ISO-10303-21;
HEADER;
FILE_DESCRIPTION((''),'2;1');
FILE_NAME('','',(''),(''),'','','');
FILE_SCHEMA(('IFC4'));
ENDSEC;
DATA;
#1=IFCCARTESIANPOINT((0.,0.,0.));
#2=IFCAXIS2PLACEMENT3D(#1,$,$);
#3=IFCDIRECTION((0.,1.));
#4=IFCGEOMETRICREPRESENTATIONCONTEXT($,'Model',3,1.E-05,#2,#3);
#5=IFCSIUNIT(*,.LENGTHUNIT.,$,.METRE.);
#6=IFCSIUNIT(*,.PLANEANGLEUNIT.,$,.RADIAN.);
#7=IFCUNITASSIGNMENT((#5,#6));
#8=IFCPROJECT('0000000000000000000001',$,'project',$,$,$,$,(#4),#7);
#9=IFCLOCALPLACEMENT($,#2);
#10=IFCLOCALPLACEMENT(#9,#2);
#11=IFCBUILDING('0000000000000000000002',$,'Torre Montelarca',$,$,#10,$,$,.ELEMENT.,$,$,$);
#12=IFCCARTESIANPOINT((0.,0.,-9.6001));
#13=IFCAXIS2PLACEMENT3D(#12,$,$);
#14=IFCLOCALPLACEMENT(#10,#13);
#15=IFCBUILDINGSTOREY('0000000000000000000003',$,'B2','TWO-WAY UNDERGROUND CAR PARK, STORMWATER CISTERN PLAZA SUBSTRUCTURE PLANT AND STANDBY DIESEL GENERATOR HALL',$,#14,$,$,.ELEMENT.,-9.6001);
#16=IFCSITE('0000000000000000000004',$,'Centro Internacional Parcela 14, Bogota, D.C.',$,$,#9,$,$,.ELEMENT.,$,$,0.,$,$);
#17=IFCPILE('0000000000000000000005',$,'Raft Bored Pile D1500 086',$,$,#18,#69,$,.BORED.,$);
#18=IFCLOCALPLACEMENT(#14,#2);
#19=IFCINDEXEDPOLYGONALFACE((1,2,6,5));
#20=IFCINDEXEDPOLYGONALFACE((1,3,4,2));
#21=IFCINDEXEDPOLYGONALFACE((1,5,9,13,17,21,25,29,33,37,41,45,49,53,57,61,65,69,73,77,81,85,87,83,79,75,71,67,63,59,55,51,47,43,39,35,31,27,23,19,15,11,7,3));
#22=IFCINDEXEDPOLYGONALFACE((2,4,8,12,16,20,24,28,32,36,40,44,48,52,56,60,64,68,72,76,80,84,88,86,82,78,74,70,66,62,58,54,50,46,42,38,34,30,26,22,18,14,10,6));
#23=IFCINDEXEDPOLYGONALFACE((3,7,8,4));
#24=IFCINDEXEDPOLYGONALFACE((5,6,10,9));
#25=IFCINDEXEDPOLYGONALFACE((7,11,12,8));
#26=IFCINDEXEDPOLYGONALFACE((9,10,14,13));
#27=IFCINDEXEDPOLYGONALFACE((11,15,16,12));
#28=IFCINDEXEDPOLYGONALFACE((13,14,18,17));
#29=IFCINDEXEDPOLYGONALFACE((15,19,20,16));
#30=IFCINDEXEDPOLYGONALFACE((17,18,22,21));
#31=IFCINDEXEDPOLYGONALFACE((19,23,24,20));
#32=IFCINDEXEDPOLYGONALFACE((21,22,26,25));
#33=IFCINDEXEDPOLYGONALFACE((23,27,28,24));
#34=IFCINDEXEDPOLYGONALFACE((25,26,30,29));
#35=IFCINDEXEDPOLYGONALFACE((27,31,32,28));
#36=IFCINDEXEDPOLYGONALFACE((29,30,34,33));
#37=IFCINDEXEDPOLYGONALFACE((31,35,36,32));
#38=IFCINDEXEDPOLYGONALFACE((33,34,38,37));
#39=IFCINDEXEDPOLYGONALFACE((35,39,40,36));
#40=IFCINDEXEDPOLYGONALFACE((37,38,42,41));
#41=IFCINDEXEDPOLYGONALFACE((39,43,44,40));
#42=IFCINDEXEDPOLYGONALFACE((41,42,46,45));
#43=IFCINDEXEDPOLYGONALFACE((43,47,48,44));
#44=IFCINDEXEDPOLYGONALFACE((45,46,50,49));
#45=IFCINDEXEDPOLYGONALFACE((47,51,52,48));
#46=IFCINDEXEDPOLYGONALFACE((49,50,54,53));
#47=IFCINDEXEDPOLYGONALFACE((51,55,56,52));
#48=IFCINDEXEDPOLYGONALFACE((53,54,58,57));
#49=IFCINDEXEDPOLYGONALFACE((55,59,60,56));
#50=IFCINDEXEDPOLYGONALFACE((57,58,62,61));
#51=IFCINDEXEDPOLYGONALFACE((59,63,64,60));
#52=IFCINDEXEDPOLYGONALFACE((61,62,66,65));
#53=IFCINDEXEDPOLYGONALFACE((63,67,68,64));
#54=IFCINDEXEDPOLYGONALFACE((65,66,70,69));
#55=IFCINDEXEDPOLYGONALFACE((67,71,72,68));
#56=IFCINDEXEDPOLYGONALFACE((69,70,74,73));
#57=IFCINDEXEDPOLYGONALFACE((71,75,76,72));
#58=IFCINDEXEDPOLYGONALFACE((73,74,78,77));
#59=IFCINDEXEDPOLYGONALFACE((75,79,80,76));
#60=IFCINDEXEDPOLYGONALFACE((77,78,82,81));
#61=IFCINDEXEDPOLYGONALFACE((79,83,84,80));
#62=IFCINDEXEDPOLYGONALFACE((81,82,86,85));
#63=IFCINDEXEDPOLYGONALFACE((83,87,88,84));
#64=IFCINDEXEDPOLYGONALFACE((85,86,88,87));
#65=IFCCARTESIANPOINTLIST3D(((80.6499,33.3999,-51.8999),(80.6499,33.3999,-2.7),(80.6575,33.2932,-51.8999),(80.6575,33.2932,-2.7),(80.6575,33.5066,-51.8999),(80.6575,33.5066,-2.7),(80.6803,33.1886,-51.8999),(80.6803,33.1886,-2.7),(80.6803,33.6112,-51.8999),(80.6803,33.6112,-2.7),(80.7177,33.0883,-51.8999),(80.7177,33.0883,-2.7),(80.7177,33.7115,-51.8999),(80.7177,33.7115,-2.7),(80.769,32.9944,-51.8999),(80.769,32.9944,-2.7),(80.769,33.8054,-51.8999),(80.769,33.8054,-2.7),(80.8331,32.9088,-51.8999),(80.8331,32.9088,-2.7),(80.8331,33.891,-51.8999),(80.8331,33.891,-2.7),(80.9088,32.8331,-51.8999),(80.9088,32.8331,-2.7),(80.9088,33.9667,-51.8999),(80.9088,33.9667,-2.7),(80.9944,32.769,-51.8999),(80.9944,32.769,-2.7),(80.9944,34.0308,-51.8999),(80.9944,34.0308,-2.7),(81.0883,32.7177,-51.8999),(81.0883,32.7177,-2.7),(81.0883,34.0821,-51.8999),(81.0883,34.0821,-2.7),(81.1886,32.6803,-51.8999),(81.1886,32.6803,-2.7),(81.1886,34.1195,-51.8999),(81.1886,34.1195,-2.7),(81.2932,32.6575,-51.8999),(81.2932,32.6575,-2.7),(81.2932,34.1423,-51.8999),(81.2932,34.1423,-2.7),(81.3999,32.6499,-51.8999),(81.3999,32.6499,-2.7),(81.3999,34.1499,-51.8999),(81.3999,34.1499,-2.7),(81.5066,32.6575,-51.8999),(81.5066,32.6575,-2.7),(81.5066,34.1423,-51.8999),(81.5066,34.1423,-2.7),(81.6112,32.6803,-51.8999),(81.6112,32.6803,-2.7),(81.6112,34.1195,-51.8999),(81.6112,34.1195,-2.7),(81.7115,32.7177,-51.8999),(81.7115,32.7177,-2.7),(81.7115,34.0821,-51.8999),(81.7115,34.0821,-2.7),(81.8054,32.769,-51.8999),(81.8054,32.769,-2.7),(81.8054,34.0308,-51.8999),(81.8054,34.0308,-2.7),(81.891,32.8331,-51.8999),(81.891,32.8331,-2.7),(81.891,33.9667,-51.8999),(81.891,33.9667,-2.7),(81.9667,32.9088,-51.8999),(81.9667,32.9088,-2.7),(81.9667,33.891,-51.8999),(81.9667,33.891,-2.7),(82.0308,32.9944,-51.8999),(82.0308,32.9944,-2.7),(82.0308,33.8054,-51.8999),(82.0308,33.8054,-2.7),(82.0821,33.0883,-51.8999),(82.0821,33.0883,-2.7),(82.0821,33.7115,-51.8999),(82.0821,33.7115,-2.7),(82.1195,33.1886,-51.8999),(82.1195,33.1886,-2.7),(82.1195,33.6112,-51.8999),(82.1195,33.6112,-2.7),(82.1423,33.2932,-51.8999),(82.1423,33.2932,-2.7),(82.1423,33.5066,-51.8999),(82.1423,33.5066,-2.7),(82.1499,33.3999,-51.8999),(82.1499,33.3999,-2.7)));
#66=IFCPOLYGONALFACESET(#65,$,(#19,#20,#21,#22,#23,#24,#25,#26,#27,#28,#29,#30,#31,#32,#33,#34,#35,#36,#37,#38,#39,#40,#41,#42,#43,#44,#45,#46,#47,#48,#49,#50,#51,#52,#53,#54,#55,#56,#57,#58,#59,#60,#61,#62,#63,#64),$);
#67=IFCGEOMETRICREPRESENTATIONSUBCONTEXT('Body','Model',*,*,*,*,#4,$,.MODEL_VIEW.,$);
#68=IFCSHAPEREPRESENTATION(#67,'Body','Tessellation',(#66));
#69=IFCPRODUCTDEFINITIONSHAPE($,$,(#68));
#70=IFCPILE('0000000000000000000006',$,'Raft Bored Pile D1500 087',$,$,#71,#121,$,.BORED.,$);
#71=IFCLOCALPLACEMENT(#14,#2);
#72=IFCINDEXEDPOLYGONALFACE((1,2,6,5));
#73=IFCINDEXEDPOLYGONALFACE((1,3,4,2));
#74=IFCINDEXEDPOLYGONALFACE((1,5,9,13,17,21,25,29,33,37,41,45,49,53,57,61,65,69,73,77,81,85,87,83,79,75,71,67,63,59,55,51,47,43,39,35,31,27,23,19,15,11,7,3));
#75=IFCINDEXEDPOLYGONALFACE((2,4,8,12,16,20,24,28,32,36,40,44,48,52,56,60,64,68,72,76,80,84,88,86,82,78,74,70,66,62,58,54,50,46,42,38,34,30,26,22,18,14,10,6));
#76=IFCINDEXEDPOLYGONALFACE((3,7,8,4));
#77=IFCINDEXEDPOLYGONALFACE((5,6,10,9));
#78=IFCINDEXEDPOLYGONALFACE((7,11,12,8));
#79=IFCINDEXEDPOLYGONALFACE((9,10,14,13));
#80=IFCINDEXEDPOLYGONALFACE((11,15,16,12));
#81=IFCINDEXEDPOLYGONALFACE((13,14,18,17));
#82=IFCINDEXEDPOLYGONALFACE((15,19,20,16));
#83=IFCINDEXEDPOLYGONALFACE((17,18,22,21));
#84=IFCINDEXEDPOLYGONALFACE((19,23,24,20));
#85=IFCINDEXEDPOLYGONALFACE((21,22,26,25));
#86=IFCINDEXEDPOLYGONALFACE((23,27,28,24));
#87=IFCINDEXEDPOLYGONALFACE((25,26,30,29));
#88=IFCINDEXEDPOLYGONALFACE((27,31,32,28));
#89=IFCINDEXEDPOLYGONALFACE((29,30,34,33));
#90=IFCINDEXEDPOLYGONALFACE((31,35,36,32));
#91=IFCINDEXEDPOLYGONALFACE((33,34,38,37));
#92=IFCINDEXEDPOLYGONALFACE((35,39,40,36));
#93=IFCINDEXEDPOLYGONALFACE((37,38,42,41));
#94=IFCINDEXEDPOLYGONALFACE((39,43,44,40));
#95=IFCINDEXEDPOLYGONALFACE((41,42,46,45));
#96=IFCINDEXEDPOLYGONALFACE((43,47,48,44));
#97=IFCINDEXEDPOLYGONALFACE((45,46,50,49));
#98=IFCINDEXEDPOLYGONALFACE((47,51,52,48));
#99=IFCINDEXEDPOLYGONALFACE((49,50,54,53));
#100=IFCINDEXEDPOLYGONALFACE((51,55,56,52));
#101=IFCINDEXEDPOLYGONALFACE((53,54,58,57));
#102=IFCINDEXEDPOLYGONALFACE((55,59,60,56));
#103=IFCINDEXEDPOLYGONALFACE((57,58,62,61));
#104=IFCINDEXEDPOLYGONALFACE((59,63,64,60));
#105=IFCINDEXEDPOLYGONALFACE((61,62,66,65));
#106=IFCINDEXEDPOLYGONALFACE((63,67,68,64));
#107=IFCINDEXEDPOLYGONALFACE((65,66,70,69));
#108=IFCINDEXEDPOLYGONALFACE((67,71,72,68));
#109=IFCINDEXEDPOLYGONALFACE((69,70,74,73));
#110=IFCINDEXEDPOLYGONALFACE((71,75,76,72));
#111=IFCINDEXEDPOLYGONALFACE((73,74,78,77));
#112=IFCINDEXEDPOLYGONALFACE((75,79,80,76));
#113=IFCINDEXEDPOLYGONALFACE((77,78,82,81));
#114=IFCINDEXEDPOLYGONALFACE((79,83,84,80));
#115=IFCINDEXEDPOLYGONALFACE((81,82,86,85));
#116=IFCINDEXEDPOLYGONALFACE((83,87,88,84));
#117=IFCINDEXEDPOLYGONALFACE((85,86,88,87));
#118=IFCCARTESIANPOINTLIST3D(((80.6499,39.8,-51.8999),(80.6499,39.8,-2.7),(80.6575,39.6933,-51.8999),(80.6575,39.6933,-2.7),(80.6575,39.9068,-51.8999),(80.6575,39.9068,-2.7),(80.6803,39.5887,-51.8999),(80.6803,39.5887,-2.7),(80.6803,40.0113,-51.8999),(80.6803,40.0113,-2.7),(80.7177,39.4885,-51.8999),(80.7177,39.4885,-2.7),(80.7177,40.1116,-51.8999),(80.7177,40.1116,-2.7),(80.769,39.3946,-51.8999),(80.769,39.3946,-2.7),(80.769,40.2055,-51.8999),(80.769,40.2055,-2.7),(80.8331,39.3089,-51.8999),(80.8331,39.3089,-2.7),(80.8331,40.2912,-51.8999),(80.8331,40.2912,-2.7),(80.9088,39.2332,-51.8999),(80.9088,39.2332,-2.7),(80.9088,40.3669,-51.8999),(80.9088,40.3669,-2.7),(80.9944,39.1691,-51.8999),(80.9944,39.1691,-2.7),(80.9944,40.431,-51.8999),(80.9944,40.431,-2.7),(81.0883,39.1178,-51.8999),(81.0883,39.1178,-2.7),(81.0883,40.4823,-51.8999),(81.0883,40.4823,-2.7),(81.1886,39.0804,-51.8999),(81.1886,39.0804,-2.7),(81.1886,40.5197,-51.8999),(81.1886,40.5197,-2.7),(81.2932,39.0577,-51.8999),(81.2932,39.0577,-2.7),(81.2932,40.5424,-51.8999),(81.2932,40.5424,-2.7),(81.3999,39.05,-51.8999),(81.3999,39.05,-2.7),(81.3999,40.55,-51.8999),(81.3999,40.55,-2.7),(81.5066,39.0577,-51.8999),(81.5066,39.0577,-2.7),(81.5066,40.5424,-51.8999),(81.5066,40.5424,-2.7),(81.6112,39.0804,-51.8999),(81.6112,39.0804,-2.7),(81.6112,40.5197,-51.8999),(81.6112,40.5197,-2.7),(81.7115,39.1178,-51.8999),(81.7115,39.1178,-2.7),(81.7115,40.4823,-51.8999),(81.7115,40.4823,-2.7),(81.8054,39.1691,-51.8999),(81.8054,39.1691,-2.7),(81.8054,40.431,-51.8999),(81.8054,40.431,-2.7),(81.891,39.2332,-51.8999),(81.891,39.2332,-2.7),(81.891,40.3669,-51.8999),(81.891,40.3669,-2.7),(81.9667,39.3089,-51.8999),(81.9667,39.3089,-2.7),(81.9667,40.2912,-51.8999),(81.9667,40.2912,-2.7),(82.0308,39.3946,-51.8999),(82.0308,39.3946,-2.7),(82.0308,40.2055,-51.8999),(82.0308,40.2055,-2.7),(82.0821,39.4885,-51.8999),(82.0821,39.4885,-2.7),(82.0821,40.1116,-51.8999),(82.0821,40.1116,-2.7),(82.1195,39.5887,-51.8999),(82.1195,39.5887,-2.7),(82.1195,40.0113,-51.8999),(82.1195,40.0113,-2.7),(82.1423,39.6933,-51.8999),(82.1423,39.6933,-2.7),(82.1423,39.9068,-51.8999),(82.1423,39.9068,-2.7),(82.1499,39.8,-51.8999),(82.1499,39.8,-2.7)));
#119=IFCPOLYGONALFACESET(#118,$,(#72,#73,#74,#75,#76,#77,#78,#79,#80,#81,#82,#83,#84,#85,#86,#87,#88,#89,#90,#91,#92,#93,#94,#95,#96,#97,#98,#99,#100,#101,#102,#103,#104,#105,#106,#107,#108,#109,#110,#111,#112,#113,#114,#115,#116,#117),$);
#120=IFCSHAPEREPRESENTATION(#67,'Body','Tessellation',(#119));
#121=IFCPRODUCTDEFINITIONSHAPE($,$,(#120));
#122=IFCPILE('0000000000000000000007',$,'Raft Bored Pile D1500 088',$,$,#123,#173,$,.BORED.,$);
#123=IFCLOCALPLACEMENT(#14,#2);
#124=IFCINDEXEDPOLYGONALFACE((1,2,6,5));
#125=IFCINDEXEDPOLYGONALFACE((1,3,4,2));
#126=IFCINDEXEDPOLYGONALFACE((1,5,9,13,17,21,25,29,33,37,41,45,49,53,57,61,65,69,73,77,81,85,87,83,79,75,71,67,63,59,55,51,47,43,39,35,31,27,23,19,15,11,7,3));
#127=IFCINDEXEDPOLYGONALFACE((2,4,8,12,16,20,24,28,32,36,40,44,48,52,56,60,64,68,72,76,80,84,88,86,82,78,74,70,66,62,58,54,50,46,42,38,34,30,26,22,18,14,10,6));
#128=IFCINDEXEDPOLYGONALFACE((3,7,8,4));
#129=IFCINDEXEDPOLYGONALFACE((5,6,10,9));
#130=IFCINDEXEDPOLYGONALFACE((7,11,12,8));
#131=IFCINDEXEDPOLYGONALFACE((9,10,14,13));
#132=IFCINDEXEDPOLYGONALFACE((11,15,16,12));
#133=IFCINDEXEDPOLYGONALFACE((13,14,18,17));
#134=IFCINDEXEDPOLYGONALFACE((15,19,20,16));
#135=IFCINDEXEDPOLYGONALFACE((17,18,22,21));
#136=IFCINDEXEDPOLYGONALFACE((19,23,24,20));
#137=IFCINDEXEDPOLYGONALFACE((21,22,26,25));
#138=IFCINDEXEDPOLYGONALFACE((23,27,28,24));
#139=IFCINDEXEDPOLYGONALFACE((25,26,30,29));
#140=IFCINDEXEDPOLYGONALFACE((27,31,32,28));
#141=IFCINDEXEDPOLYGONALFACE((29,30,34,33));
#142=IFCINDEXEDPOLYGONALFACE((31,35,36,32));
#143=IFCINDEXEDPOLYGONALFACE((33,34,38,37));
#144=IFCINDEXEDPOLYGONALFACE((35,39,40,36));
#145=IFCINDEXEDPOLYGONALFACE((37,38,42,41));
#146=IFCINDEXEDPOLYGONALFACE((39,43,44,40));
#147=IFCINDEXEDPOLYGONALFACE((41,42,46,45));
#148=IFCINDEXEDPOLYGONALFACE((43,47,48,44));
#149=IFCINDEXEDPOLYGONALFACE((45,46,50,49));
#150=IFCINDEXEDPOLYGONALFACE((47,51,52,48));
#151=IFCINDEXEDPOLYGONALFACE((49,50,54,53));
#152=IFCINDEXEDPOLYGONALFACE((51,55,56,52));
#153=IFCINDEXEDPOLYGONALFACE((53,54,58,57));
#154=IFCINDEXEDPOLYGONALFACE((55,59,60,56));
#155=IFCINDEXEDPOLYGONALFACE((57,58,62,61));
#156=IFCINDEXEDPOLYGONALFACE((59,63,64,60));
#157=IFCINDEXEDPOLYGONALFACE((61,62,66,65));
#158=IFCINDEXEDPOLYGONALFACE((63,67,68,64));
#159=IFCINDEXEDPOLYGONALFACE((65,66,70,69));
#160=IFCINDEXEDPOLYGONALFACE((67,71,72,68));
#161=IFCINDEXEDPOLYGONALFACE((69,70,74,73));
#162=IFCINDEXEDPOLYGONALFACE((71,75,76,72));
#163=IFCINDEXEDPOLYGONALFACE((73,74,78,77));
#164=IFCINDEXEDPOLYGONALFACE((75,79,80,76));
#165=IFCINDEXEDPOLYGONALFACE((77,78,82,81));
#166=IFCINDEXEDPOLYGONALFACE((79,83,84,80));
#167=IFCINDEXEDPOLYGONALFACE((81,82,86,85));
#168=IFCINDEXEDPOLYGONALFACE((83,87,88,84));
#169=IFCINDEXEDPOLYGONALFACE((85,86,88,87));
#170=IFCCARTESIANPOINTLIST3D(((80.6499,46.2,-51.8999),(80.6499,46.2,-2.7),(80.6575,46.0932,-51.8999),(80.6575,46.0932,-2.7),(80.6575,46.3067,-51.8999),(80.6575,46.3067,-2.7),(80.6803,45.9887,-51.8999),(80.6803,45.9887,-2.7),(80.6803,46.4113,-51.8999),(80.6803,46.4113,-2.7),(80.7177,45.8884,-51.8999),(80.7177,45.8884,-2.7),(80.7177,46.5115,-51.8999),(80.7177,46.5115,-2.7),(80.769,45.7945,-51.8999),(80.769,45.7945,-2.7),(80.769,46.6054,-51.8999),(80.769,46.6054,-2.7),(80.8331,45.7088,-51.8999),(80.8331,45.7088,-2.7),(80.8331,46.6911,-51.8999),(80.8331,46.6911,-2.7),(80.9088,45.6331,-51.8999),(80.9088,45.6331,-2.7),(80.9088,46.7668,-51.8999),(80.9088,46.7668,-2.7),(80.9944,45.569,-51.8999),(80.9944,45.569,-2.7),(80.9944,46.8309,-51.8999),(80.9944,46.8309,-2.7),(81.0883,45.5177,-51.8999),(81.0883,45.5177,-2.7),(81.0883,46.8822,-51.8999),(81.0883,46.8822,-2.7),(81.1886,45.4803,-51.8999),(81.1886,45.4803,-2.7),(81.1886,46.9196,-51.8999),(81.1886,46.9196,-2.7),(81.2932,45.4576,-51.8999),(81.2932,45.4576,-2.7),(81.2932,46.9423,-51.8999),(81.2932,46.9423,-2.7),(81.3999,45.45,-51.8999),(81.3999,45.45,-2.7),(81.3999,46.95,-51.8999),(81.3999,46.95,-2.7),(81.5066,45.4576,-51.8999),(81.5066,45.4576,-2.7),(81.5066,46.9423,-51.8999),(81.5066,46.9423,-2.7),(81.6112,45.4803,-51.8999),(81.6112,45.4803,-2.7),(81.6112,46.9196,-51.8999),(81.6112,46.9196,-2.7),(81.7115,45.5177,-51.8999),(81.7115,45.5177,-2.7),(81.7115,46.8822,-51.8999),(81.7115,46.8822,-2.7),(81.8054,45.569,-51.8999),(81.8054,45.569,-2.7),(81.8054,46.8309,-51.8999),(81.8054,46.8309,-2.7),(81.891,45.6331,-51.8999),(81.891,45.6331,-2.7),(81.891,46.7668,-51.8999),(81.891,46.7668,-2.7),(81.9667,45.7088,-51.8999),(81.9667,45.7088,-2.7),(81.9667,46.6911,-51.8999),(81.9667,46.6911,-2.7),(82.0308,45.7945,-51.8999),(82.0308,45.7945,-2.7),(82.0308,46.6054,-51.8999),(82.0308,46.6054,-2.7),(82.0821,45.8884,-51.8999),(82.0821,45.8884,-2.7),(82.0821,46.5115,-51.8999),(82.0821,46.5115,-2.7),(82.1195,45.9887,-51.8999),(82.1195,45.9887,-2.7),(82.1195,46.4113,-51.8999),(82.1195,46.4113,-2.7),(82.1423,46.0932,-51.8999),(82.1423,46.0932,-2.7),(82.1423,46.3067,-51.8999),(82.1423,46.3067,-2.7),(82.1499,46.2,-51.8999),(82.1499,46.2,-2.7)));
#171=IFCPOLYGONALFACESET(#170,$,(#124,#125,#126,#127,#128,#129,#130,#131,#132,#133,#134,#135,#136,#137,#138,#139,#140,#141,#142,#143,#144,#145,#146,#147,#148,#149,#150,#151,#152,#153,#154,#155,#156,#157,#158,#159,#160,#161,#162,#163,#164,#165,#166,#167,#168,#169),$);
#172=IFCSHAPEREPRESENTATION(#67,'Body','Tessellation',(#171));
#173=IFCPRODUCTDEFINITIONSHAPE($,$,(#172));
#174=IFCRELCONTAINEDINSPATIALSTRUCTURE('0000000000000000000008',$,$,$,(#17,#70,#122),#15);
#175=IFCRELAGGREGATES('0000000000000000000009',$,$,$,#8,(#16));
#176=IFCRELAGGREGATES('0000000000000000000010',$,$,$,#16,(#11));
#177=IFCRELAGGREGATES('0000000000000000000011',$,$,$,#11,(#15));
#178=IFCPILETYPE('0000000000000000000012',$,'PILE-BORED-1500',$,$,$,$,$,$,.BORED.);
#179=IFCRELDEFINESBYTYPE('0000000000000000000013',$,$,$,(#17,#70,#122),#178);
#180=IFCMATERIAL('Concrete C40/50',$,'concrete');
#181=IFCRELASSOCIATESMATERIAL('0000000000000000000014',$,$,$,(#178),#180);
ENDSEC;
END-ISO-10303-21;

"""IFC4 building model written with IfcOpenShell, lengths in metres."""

from ifc_helpers import new_model, si_unit, direction, frame, origin, origin_2d, place, context, subcontext, project, spatial, circle, extrude, source, transform, mapped, material, material_profile, profile_set, type_object, element, save


model = new_model("IFC4")

# Units and contexts
model_context = context("Model", 3, precision=1e-05, world=origin(), true_north=direction((0.0, 1.0)))
body_context = subcontext(model_context, "Body", "Model", "MODEL_VIEW")
ifc_project = project(units=[si_unit("LENGTHUNIT", "METRE"), si_unit("PLANEANGLEUNIT", "RADIAN")], contexts=[model_context])

# Site, building, storey
site_placement = place(None, origin())
site = spatial("IfcSite", under=ifc_project, at=site_placement, Name="Centro Internacional Parcela 14, Bogota, D.C.", CompositionType="ELEMENT", RefElevation=0.0)
building_placement = place(site_placement, origin())
building = spatial("IfcBuilding", under=site, at=building_placement, Name="Torre Montelarca", CompositionType="ELEMENT")
storey_placement = place(building_placement, frame((0.0, 0.0, -9.6001)))
storey = spatial("IfcBuildingStorey", under=building, at=storey_placement, Name="B2", Description="TWO-WAY UNDERGROUND CAR PARK, STORMWATER CISTERN PLAZA SUBSTRUCTURE PLANT AND STANDBY DIESEL GENERATOR HALL", CompositionType="ELEMENT", Elevation=-9.6001)

# Piles
ifc_material_1 = material(Name="Concrete C40/50", Category="concrete")
ifc_material_profile_1 = material_profile(ifc_material_1, circle(Radius=0.75, at=origin_2d()), Name="PILE-D1500", Category="concrete")
ifc_profile_set_1 = profile_set([ifc_material_profile_1], Name="Concrete C40/50")
pile_type = type_object("IfcPileType", Name="PILE-BORED-1500", PredefinedType="BORED", material=ifc_profile_set_1)
shared_shape_1 = source(origin(), body_context, "Body", "SweptSolid", [
    extrude(circle(Radius=0.75, at=origin_2d()), origin(), (0.0, 0.0, 1.0), 49.2),
])
for number, where, z_axis, x_axis, name in (
    (1, (81.3999, 33.3999, -2.7), (0.0, 0.0, -1.0), (1.0, 0.0, 0.0), "Raft Bored Pile D1500 086"),
    (2, (81.3999, 39.8, -2.7), (0.0, 0.0, -1.0), (1.0, 0.0, 0.0), "Raft Bored Pile D1500 087"),
    (3, (81.3999, 46.2, -2.7), (0.0, 0.0, -1.0), (1.0, 0.0, 0.0), "Raft Bored Pile D1500 088"),
):
    element("IfcPile", number, at=place(storey_placement, frame(where, z_axis=z_axis, x_axis=x_axis)), inside=storey, type_object=pile_type, Name=name, PredefinedType="BORED", context=body_context, shape_type="MappedRepresentation", body=[
        mapped(shared_shape_1, transform((0.0, 0.0, 0.0), scale=1.0)),
    ])

save(model, "model.ifc")
